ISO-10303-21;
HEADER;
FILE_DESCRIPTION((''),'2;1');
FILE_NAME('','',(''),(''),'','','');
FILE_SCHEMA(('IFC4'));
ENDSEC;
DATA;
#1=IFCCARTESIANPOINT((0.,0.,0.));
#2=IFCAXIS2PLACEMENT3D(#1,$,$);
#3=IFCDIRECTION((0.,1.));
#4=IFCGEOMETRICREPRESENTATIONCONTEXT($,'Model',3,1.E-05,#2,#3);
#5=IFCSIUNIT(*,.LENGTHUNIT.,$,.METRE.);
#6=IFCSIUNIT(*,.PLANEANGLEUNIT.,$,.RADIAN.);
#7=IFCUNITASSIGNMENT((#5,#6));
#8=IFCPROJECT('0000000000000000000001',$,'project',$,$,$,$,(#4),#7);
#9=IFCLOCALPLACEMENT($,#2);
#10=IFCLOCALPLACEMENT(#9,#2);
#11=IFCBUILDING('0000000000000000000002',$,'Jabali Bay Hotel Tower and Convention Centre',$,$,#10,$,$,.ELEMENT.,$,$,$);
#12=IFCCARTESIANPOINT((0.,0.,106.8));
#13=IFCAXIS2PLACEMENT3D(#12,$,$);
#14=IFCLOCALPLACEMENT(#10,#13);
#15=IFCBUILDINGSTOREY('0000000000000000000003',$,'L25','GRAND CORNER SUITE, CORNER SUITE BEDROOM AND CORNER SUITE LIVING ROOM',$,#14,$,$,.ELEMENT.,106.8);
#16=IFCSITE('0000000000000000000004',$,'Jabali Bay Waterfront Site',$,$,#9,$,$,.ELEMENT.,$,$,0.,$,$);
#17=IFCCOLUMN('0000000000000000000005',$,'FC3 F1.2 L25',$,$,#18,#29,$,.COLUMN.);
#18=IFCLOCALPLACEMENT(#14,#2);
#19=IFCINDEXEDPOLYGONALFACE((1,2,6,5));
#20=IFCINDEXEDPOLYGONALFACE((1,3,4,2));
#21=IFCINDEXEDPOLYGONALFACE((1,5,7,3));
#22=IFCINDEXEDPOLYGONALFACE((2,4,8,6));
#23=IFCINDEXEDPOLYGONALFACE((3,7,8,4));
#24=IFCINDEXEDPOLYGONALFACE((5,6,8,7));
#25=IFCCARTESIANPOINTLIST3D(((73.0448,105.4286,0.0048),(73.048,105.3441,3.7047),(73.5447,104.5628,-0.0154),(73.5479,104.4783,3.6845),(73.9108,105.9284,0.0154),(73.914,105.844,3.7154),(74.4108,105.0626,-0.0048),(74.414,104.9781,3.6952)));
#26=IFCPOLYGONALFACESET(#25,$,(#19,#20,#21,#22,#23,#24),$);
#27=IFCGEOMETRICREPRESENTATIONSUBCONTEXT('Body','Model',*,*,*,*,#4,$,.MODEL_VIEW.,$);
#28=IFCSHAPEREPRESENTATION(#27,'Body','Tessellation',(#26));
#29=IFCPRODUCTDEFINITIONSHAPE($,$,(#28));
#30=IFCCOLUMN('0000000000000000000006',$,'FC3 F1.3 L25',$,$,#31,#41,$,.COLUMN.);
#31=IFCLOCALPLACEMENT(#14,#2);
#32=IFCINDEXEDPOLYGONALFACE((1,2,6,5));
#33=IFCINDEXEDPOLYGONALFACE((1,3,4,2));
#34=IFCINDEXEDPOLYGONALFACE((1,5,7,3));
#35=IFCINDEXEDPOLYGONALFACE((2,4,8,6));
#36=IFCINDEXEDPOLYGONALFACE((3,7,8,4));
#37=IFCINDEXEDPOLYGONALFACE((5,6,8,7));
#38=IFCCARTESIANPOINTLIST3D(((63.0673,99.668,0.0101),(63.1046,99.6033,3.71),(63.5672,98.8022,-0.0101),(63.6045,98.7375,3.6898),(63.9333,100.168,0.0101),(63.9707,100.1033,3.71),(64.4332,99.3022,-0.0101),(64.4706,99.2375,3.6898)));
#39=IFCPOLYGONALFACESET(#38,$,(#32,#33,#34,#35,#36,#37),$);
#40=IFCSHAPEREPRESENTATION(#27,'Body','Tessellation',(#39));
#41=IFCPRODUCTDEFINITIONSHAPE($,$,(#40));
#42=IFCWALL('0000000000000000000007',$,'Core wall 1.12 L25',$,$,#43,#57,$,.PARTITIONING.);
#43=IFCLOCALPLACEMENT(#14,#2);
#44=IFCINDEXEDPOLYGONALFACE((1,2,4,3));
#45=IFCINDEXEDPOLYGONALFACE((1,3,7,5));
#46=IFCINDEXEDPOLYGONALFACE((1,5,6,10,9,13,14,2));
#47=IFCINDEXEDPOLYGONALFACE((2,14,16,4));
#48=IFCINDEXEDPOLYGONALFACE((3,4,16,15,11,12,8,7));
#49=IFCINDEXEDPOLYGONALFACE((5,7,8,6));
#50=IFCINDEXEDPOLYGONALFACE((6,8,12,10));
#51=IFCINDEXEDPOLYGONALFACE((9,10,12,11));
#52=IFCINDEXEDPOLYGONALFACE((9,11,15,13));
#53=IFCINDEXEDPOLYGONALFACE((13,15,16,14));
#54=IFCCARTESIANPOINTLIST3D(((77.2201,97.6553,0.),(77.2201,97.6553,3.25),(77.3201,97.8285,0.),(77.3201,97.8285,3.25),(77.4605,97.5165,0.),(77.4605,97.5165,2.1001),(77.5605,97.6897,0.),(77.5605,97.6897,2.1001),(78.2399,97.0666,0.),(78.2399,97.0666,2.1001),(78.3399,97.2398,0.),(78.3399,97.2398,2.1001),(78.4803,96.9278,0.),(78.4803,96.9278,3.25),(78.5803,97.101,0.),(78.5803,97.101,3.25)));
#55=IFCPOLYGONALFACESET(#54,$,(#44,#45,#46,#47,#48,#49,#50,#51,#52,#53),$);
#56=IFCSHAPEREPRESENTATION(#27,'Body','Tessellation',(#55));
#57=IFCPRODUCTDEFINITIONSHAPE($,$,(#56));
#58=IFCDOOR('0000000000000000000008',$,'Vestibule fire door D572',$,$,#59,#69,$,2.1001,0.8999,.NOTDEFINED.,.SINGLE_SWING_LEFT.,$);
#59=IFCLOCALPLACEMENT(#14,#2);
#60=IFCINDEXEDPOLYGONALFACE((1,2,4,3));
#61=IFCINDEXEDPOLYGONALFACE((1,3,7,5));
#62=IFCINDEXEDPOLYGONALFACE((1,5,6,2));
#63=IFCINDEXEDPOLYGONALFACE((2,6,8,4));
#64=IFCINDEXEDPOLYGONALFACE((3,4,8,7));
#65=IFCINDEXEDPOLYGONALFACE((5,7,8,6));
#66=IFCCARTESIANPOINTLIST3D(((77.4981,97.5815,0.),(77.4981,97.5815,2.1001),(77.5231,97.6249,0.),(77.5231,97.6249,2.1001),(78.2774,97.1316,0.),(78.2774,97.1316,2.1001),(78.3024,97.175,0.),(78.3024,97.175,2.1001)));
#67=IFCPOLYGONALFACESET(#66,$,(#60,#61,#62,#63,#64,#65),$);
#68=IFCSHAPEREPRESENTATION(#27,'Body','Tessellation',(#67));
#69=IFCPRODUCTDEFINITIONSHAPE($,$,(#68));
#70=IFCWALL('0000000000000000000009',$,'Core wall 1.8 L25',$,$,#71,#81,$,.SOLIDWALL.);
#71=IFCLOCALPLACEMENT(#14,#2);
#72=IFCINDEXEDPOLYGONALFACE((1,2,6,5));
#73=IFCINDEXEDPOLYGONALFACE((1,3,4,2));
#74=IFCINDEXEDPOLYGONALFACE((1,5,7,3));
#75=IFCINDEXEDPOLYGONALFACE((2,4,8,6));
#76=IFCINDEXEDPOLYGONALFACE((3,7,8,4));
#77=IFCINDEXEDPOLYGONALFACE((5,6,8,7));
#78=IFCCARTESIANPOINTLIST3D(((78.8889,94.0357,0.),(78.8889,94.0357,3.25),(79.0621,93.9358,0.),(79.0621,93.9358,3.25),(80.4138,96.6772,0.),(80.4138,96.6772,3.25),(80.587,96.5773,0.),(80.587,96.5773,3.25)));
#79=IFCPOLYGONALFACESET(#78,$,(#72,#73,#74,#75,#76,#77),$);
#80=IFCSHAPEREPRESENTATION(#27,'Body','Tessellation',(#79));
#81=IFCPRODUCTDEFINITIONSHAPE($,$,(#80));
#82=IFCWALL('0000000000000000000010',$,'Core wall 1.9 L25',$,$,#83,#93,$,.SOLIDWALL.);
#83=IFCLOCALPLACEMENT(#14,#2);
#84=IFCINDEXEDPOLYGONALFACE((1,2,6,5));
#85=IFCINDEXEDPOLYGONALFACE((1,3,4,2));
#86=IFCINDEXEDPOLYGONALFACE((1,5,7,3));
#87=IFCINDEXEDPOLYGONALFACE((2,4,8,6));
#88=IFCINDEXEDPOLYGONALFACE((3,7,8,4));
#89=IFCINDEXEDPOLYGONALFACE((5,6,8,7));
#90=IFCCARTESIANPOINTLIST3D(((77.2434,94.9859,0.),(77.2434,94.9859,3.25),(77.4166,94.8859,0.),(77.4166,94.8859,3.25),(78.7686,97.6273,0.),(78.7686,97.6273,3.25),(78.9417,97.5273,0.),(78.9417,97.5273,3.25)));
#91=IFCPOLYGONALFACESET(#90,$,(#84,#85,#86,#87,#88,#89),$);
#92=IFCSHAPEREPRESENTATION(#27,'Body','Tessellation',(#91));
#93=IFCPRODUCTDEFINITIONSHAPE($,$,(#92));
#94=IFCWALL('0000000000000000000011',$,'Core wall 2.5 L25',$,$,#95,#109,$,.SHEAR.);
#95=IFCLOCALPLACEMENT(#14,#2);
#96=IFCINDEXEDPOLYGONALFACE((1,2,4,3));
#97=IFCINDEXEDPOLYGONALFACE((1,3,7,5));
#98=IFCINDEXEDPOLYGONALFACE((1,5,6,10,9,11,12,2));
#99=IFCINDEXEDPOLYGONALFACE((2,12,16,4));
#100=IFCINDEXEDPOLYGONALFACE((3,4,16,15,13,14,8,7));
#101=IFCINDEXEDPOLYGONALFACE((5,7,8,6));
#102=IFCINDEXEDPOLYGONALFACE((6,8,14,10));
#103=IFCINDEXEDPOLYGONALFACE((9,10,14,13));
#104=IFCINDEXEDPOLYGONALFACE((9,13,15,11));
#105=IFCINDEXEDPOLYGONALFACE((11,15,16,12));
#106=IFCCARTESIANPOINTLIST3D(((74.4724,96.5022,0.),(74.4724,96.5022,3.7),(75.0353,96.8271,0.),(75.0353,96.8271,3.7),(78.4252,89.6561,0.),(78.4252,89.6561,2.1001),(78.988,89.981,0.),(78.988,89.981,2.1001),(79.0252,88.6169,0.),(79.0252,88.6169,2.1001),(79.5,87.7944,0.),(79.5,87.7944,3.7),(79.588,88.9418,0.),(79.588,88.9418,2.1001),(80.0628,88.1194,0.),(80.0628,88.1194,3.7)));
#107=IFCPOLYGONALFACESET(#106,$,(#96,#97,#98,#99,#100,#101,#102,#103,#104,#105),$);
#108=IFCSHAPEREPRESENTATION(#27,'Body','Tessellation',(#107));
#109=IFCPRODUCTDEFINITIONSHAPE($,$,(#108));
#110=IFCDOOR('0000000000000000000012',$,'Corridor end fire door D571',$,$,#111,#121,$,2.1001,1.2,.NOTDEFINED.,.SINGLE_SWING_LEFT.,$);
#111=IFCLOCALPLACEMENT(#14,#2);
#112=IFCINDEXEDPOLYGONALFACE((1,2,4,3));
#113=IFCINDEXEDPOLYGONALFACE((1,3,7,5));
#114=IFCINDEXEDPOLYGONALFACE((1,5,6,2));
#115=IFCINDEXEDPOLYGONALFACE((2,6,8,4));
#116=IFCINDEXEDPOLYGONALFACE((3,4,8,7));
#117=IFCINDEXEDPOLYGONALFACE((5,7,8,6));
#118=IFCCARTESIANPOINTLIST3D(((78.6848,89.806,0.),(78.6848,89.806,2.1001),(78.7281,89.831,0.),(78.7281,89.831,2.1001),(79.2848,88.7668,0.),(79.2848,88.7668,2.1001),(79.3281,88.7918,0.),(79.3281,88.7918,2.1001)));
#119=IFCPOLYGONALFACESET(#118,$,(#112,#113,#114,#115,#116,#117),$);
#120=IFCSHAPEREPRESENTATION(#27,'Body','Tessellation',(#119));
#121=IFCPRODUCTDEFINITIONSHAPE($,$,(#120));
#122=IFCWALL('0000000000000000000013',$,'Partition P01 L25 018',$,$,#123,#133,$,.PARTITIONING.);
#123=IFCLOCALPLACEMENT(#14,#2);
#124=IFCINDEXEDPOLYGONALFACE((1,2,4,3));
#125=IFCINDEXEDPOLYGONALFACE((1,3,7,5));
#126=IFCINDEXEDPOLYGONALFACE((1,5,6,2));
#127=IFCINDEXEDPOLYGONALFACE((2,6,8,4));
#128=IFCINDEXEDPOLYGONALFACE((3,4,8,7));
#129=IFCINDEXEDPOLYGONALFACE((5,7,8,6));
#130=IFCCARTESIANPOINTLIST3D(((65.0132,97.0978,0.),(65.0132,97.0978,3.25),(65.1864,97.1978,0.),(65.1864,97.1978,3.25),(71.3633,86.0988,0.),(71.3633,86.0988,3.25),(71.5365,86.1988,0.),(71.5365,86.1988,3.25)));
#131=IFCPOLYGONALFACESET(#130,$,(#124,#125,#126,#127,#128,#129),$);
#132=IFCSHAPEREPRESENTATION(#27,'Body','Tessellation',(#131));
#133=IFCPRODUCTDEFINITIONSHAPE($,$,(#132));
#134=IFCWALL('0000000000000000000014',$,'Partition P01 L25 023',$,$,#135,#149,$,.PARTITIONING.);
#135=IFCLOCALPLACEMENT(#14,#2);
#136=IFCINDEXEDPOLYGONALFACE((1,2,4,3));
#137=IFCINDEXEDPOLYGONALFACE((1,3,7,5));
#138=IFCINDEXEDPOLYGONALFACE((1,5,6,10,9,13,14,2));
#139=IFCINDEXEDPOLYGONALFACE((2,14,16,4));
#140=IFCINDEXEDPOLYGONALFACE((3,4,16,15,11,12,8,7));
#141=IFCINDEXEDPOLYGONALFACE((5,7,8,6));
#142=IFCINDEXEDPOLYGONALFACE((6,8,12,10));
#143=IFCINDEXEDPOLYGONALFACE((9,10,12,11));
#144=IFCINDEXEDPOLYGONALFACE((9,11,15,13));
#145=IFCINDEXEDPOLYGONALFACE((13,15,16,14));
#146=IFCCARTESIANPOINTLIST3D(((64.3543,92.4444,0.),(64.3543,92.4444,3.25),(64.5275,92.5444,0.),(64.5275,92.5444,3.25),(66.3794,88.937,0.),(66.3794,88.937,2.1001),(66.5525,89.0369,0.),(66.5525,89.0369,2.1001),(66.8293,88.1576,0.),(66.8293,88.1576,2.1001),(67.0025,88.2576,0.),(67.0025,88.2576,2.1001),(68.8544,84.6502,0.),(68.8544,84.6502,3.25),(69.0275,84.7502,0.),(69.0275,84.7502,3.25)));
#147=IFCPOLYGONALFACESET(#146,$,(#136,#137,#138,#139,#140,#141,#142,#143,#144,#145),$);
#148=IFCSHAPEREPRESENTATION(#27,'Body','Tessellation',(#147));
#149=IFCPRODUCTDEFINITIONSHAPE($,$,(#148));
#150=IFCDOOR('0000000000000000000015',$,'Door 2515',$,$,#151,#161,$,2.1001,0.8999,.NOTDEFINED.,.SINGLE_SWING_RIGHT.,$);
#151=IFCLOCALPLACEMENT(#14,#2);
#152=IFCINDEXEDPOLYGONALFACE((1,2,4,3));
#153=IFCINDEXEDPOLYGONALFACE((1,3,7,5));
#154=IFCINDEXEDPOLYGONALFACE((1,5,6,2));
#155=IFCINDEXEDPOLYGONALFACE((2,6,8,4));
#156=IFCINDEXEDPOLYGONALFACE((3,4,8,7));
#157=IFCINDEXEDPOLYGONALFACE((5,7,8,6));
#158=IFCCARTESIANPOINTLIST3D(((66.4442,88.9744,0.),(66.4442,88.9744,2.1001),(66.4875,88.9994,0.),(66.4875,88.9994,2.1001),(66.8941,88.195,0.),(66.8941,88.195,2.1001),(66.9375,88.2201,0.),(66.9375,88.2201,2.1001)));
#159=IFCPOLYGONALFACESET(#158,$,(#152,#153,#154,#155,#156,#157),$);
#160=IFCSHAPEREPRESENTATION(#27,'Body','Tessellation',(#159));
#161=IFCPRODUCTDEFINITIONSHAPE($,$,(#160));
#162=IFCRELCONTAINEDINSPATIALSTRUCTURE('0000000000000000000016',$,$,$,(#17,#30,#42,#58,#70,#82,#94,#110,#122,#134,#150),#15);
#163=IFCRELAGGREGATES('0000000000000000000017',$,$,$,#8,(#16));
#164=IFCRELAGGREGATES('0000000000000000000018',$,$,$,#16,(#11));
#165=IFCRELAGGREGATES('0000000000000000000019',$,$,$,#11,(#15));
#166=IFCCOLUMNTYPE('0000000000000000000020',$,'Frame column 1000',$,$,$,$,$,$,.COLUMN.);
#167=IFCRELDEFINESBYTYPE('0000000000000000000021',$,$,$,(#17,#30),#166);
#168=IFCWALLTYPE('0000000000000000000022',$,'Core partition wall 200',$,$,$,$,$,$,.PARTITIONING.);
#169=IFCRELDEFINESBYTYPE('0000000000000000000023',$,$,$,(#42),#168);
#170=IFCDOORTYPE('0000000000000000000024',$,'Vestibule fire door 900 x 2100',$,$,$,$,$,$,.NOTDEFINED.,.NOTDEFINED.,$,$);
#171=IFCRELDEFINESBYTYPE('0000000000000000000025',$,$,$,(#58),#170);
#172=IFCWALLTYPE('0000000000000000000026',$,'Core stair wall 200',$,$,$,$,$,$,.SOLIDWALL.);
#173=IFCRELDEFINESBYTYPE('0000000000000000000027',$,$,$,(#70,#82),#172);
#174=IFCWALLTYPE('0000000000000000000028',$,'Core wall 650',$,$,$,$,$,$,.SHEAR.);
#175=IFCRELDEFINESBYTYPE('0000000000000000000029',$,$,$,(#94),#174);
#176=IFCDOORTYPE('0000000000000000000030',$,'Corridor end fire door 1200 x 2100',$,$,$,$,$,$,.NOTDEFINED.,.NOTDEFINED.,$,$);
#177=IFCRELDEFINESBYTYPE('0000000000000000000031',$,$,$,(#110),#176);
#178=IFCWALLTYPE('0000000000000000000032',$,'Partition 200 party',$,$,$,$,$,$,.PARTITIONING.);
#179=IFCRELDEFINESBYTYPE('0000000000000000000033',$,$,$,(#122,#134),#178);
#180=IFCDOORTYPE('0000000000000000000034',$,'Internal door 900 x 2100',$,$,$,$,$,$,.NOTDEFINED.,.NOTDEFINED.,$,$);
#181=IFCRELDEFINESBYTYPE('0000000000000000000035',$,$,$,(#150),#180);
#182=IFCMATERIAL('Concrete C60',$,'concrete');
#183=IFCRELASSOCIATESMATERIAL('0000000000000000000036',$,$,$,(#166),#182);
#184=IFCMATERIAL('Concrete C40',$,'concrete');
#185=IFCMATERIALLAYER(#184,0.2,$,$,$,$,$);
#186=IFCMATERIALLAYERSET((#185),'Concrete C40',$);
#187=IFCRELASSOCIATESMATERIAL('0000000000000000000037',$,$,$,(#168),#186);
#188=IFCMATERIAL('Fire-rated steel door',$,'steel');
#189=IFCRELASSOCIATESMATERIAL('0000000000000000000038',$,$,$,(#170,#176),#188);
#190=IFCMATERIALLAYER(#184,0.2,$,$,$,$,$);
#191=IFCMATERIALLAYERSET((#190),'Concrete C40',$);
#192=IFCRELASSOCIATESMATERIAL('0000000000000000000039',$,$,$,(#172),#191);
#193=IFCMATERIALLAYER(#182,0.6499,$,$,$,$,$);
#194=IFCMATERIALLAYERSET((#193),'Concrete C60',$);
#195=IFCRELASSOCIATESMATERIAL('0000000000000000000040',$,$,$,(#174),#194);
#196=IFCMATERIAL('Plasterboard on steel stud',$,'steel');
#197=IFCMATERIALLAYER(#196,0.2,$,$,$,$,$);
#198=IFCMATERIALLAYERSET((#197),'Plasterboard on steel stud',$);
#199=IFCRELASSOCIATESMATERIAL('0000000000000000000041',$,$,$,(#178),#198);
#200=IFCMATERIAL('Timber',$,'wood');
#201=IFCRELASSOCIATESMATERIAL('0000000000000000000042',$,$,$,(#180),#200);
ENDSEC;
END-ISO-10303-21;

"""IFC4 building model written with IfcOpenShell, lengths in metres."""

from ifc_helpers import new_model, si_unit, direction, frame, frame_2d, origin, origin_2d, place, context, subcontext, project, spatial, rectangle, extrude, material, layer, layer_set, material_profile, profile_set, type_object, element, fill, save


model = new_model("IFC4")

# Units and contexts
model_context = context("Model", 3, precision=1e-05, world=origin(), true_north=direction((0.0, 1.0)))
body_context = subcontext(model_context, "Body", "Model", "MODEL_VIEW")
ifc_project = project(units=[si_unit("LENGTHUNIT", "METRE"), si_unit("PLANEANGLEUNIT", "RADIAN")], contexts=[model_context])

# Site, building, storey
site_placement = place(None, origin())
site = spatial("IfcSite", under=ifc_project, at=site_placement, Name="Jabali Bay Waterfront Site", CompositionType="ELEMENT", RefElevation=0.0)
building_placement = place(site_placement, origin())
building = spatial("IfcBuilding", under=site, at=building_placement, Name="Jabali Bay Hotel Tower and Convention Centre", CompositionType="ELEMENT")
storey_placement = place(building_placement, frame((0.0, 0.0, 106.8)))
storey = spatial("IfcBuildingStorey", under=building, at=storey_placement, Name="L25", Description="GRAND CORNER SUITE, CORNER SUITE BEDROOM AND CORNER SUITE LIVING ROOM", CompositionType="ELEMENT", Elevation=106.8)

# Columns
ifc_material_1 = material(Name="Concrete C60", Category="concrete")
ifc_material_profile = material_profile(ifc_material_1, rectangle(XDim=1.0, YDim=1.0, at=origin_2d()), Name="Frame column 1000")
ifc_profile_set = profile_set([ifc_material_profile], Name="Concrete C60")
column_type = type_object("IfcColumnType", Name="Frame column 1000", PredefinedType="COLUMN", material=ifc_profile_set)
column_1_placement = place(storey_placement, frame((73.7278, 105.2456, 0.0), z_axis=(0.000858, -0.022825, 0.999739), x_axis=(0.866054, 0.499836, 0.010669)))
element("IfcColumn", 1, at=column_1_placement, inside=storey, type_object=column_type, Name="FC3 F1.2 L25", PredefinedType="COLUMN", context=body_context, shape_type="SweptSolid", body=[
    extrude(rectangle(XDim=1.0, YDim=1.0, at=origin_2d()), origin(), (0.0, 0.0, 1.0), 3.7009),
])
column_2_placement = place(storey_placement, frame((63.7502, 99.4851, 0.0), z_axis=(0.010094, -0.017482, 0.999796), x_axis=(0.86602, 0.500009, 0.0)))
element("IfcColumn", 2, at=column_2_placement, inside=storey, type_object=column_type, Name="FC3 F1.3 L25", PredefinedType="COLUMN", context=body_context, shape_type="SweptSolid", body=[
    extrude(rectangle(XDim=1.0, YDim=1.0, at=origin_2d()), origin(), (0.0, 0.0, 1.0), 3.7007),
])

# Wall, opening, door
ifc_material_2 = material(Name="Concrete C40", Category="concrete")
ifc_layer_1 = layer(ifc_material_2, 0.2)
ifc_layer_set_1 = layer_set([ifc_layer_1], Name="Concrete C40")
wall_type_1 = type_object("IfcWallType", Name="Core partition wall 200", PredefinedType="PARTITIONING", material=ifc_layer_set_1)
wall_1_placement = place(storey_placement, frame((78.5303, 97.0144, 0.0), z_axis=(0.0, 0.0, 1.0), x_axis=(-0.866046, 0.499965, 0.0)))
wall_1 = element("IfcWall", 3, at=wall_1_placement, inside=storey, type_object=wall_type_1, Name="Core wall 1.12 L25", PredefinedType="PARTITIONING", context=body_context, shape_type="SweptSolid", body=[
    extrude(rectangle(XDim=1.4551, YDim=0.2, at=frame_2d((0.7275, 0.0))), origin(), (0.0, 0.0, 1.0), 3.25),
])
opening_1_placement = place(wall_1_placement, frame((0.2776, 0.0, 0.0)))
opening_1 = element("IfcOpeningElement", 4, at=opening_1_placement, cuts=wall_1, PredefinedType="OPENING", context=body_context, shape_type="SweptSolid", body=[
    extrude(rectangle(XDim=0.8999, YDim=2.1001, at=frame_2d((0.45, 1.05))), frame((0.0, 0.1104, 0.0), z_axis=(0.0, -1.0, 0.0), x_axis=(1.0, 0.0, 0.0)), (0.0, 0.0, 1.0), 0.2209),
])
ifc_material_3 = material(Name="Fire-rated steel door", Category="steel")
door_type_1 = type_object("IfcDoorType", Name="Vestibule fire door 900 x 2100", OperationType="NOTDEFINED", PredefinedType="NOTDEFINED", material=ifc_material_3)
door_1_placement = place(opening_1_placement, origin())
door_1 = element("IfcDoor", 5, at=door_1_placement, inside=storey, type_object=door_type_1, Name="Vestibule fire door D572", OperationType="SINGLE_SWING_LEFT", OverallHeight=2.1001, OverallWidth=0.8999, PredefinedType="NOTDEFINED", context=body_context, shape_type="SweptSolid", body=[
    extrude(rectangle(XDim=0.8999, YDim=2.1001, at=frame_2d((0.45, 1.05))), frame((0.0, 0.0249, 0.0), z_axis=(0.0, -1.0, 0.0), x_axis=(1.0, 0.0, 0.0)), (0.0, 0.0, 1.0), 0.05),
])
fill(opening_1, door_1)

# Walls
ifc_layer_2 = layer(ifc_material_2, 0.2)
ifc_layer_set_2 = layer_set([ifc_layer_2], Name="Concrete C40")
wall_type_2 = type_object("IfcWallType", Name="Core stair wall 200", PredefinedType="SOLIDWALL", material=ifc_layer_set_2)
for number, where, z_axis, x_axis, name in (
    (6, (78.9756, 93.9858, 0.0), (0.0, 0.0, 1.0), (0.499944, 0.866058, 0.0), "Core wall 1.8 L25"),
    (7, (77.3301, 94.936, 0.0), (0.0, 0.0, 1.0), (0.500039, 0.866003, 0.0), "Core wall 1.9 L25"),
):
    element("IfcWall", number, at=place(storey_placement, frame(where, z_axis=z_axis, x_axis=x_axis)), inside=storey, type_object=wall_type_2, Name=name, PredefinedType="SOLIDWALL", context=body_context, shape_type="SweptSolid", body=[
        extrude(rectangle(XDim=3.05, YDim=0.2, at=frame_2d((1.5249, 0.0))), origin(), (0.0, 0.0, 1.0), 3.25),
    ])

# Wall, opening, door
ifc_layer_3 = layer(ifc_material_1, 0.6499)
ifc_layer_set_3 = layer_set([ifc_layer_3], Name="Concrete C60")
wall_type_3 = type_object("IfcWallType", Name="Core wall 650", PredefinedType="SHEAR", material=ifc_layer_set_3)
wall_2_placement = place(storey_placement, frame((74.7539, 96.6646, 0.0), z_axis=(0.0, 0.0, 1.0), x_axis=(0.500012, -0.866019, 0.0)))
wall_2 = element("IfcWall", 8, at=wall_2_placement, inside=storey, type_object=wall_type_3, Name="Core wall 2.5 L25", PredefinedType="SHEAR", context=body_context, shape_type="SweptSolid", body=[
    extrude(rectangle(XDim=10.0549, YDim=0.6499, at=frame_2d((5.0273, 0.0))), origin(), (0.0, 0.0, 1.0), 3.7),
])
opening_2_placement = place(wall_2_placement, frame((7.905, 0.0, 0.0)))
opening_2 = element("IfcOpeningElement", 9, at=opening_2_placement, cuts=wall_2, PredefinedType="OPENING", context=body_context, shape_type="SweptSolid", body=[
    extrude(rectangle(XDim=1.2, YDim=2.1001, at=frame_2d((0.6001, 1.05))), frame((0.0, 0.3354, 0.0), z_axis=(0.0, -1.0, 0.0), x_axis=(1.0, 0.0, 0.0)), (0.0, 0.0, 1.0), 0.6709),
])
door_type_2 = type_object("IfcDoorType", Name="Corridor end fire door 1200 x 2100", OperationType="NOTDEFINED", PredefinedType="NOTDEFINED", material=ifc_material_3)
door_2_placement = place(opening_2_placement, origin())
door_2 = element("IfcDoor", 10, at=door_2_placement, inside=storey, type_object=door_type_2, Name="Corridor end fire door D571", OperationType="SINGLE_SWING_LEFT", OverallHeight=2.1001, OverallWidth=1.2, PredefinedType="NOTDEFINED", context=body_context, shape_type="SweptSolid", body=[
    extrude(rectangle(XDim=1.2, YDim=2.1001, at=frame_2d((0.6001, 1.05))), frame((0.0, 0.0249, 0.0), z_axis=(0.0, -1.0, 0.0), x_axis=(1.0, 0.0, 0.0)), (0.0, 0.0, 1.0), 0.05),
])
fill(opening_2, door_2)

# Wall
ifc_material_4 = material(Name="Plasterboard on steel stud", Category="steel")
ifc_layer_4 = layer(ifc_material_4, 0.2)
ifc_layer_set_4 = layer_set([ifc_layer_4], Name="Plasterboard on steel stud")
wall_type_4 = type_object("IfcWallType", Name="Partition 200 party", PredefinedType="PARTITIONING", material=ifc_layer_set_4)
wall_3_placement = place(storey_placement, frame((65.0999, 97.1477, 0.0), z_axis=(0.0, 0.0, 1.0), x_axis=(0.499989, -0.866032, 0.0)))
element("IfcWall", 11, at=wall_3_placement, inside=storey, type_object=wall_type_4, Name="Partition P01 L25 018", PredefinedType="PARTITIONING", context=body_context, shape_type="SweptSolid", body=[
    extrude(rectangle(XDim=12.7004, YDim=0.2, at=frame_2d((6.3501, 0.0))), origin(), (0.0, 0.0, 1.0), 3.25),
])

# Wall, opening, door
wall_4_placement = place(storey_placement, frame((64.4409, 92.4944, 0.0), z_axis=(0.0, 0.0, 1.0), x_axis=(0.500002, -0.866024, 0.0)))
wall_4 = element("IfcWall", 12, at=wall_4_placement, inside=storey, type_object=wall_type_4, Name="Partition P01 L25 023", PredefinedType="PARTITIONING", context=body_context, shape_type="SweptSolid", body=[
    extrude(rectangle(XDim=9.0, YDim=0.2, at=frame_2d((4.5, 0.0))), origin(), (0.0, 0.0, 1.0), 3.25),
])
opening_3_placement = place(wall_4_placement, frame((4.05, 0.0, 0.0)))
opening_3 = element("IfcOpeningElement", 13, at=opening_3_placement, cuts=wall_4, PredefinedType="OPENING", context=body_context, shape_type="SweptSolid", body=[
    extrude(rectangle(XDim=0.8999, YDim=2.1001, at=frame_2d((0.45, 1.05))), frame((0.0, 0.1104, 0.0), z_axis=(0.0, -1.0, 0.0), x_axis=(1.0, 0.0, 0.0)), (0.0, 0.0, 1.0), 0.2209),
])
ifc_material_5 = material(Name="Timber", Category="wood")
door_type_3 = type_object("IfcDoorType", Name="Internal door 900 x 2100", OperationType="NOTDEFINED", PredefinedType="NOTDEFINED", material=ifc_material_5)
door_3_placement = place(opening_3_placement, origin())
door_3 = element("IfcDoor", 14, at=door_3_placement, inside=storey, type_object=door_type_3, Name="Door 2515", OperationType="SINGLE_SWING_RIGHT", OverallHeight=2.1001, OverallWidth=0.8999, PredefinedType="NOTDEFINED", context=body_context, shape_type="SweptSolid", body=[
    extrude(rectangle(XDim=0.8999, YDim=2.1001, at=frame_2d((0.45, 1.05))), frame((0.0, 0.0249, 0.0), z_axis=(0.0, -1.0, 0.0), x_axis=(1.0, 0.0, 0.0)), (0.0, 0.0, 1.0), 0.05),
])
fill(opening_3, door_3)

save(model, "model.ifc")
